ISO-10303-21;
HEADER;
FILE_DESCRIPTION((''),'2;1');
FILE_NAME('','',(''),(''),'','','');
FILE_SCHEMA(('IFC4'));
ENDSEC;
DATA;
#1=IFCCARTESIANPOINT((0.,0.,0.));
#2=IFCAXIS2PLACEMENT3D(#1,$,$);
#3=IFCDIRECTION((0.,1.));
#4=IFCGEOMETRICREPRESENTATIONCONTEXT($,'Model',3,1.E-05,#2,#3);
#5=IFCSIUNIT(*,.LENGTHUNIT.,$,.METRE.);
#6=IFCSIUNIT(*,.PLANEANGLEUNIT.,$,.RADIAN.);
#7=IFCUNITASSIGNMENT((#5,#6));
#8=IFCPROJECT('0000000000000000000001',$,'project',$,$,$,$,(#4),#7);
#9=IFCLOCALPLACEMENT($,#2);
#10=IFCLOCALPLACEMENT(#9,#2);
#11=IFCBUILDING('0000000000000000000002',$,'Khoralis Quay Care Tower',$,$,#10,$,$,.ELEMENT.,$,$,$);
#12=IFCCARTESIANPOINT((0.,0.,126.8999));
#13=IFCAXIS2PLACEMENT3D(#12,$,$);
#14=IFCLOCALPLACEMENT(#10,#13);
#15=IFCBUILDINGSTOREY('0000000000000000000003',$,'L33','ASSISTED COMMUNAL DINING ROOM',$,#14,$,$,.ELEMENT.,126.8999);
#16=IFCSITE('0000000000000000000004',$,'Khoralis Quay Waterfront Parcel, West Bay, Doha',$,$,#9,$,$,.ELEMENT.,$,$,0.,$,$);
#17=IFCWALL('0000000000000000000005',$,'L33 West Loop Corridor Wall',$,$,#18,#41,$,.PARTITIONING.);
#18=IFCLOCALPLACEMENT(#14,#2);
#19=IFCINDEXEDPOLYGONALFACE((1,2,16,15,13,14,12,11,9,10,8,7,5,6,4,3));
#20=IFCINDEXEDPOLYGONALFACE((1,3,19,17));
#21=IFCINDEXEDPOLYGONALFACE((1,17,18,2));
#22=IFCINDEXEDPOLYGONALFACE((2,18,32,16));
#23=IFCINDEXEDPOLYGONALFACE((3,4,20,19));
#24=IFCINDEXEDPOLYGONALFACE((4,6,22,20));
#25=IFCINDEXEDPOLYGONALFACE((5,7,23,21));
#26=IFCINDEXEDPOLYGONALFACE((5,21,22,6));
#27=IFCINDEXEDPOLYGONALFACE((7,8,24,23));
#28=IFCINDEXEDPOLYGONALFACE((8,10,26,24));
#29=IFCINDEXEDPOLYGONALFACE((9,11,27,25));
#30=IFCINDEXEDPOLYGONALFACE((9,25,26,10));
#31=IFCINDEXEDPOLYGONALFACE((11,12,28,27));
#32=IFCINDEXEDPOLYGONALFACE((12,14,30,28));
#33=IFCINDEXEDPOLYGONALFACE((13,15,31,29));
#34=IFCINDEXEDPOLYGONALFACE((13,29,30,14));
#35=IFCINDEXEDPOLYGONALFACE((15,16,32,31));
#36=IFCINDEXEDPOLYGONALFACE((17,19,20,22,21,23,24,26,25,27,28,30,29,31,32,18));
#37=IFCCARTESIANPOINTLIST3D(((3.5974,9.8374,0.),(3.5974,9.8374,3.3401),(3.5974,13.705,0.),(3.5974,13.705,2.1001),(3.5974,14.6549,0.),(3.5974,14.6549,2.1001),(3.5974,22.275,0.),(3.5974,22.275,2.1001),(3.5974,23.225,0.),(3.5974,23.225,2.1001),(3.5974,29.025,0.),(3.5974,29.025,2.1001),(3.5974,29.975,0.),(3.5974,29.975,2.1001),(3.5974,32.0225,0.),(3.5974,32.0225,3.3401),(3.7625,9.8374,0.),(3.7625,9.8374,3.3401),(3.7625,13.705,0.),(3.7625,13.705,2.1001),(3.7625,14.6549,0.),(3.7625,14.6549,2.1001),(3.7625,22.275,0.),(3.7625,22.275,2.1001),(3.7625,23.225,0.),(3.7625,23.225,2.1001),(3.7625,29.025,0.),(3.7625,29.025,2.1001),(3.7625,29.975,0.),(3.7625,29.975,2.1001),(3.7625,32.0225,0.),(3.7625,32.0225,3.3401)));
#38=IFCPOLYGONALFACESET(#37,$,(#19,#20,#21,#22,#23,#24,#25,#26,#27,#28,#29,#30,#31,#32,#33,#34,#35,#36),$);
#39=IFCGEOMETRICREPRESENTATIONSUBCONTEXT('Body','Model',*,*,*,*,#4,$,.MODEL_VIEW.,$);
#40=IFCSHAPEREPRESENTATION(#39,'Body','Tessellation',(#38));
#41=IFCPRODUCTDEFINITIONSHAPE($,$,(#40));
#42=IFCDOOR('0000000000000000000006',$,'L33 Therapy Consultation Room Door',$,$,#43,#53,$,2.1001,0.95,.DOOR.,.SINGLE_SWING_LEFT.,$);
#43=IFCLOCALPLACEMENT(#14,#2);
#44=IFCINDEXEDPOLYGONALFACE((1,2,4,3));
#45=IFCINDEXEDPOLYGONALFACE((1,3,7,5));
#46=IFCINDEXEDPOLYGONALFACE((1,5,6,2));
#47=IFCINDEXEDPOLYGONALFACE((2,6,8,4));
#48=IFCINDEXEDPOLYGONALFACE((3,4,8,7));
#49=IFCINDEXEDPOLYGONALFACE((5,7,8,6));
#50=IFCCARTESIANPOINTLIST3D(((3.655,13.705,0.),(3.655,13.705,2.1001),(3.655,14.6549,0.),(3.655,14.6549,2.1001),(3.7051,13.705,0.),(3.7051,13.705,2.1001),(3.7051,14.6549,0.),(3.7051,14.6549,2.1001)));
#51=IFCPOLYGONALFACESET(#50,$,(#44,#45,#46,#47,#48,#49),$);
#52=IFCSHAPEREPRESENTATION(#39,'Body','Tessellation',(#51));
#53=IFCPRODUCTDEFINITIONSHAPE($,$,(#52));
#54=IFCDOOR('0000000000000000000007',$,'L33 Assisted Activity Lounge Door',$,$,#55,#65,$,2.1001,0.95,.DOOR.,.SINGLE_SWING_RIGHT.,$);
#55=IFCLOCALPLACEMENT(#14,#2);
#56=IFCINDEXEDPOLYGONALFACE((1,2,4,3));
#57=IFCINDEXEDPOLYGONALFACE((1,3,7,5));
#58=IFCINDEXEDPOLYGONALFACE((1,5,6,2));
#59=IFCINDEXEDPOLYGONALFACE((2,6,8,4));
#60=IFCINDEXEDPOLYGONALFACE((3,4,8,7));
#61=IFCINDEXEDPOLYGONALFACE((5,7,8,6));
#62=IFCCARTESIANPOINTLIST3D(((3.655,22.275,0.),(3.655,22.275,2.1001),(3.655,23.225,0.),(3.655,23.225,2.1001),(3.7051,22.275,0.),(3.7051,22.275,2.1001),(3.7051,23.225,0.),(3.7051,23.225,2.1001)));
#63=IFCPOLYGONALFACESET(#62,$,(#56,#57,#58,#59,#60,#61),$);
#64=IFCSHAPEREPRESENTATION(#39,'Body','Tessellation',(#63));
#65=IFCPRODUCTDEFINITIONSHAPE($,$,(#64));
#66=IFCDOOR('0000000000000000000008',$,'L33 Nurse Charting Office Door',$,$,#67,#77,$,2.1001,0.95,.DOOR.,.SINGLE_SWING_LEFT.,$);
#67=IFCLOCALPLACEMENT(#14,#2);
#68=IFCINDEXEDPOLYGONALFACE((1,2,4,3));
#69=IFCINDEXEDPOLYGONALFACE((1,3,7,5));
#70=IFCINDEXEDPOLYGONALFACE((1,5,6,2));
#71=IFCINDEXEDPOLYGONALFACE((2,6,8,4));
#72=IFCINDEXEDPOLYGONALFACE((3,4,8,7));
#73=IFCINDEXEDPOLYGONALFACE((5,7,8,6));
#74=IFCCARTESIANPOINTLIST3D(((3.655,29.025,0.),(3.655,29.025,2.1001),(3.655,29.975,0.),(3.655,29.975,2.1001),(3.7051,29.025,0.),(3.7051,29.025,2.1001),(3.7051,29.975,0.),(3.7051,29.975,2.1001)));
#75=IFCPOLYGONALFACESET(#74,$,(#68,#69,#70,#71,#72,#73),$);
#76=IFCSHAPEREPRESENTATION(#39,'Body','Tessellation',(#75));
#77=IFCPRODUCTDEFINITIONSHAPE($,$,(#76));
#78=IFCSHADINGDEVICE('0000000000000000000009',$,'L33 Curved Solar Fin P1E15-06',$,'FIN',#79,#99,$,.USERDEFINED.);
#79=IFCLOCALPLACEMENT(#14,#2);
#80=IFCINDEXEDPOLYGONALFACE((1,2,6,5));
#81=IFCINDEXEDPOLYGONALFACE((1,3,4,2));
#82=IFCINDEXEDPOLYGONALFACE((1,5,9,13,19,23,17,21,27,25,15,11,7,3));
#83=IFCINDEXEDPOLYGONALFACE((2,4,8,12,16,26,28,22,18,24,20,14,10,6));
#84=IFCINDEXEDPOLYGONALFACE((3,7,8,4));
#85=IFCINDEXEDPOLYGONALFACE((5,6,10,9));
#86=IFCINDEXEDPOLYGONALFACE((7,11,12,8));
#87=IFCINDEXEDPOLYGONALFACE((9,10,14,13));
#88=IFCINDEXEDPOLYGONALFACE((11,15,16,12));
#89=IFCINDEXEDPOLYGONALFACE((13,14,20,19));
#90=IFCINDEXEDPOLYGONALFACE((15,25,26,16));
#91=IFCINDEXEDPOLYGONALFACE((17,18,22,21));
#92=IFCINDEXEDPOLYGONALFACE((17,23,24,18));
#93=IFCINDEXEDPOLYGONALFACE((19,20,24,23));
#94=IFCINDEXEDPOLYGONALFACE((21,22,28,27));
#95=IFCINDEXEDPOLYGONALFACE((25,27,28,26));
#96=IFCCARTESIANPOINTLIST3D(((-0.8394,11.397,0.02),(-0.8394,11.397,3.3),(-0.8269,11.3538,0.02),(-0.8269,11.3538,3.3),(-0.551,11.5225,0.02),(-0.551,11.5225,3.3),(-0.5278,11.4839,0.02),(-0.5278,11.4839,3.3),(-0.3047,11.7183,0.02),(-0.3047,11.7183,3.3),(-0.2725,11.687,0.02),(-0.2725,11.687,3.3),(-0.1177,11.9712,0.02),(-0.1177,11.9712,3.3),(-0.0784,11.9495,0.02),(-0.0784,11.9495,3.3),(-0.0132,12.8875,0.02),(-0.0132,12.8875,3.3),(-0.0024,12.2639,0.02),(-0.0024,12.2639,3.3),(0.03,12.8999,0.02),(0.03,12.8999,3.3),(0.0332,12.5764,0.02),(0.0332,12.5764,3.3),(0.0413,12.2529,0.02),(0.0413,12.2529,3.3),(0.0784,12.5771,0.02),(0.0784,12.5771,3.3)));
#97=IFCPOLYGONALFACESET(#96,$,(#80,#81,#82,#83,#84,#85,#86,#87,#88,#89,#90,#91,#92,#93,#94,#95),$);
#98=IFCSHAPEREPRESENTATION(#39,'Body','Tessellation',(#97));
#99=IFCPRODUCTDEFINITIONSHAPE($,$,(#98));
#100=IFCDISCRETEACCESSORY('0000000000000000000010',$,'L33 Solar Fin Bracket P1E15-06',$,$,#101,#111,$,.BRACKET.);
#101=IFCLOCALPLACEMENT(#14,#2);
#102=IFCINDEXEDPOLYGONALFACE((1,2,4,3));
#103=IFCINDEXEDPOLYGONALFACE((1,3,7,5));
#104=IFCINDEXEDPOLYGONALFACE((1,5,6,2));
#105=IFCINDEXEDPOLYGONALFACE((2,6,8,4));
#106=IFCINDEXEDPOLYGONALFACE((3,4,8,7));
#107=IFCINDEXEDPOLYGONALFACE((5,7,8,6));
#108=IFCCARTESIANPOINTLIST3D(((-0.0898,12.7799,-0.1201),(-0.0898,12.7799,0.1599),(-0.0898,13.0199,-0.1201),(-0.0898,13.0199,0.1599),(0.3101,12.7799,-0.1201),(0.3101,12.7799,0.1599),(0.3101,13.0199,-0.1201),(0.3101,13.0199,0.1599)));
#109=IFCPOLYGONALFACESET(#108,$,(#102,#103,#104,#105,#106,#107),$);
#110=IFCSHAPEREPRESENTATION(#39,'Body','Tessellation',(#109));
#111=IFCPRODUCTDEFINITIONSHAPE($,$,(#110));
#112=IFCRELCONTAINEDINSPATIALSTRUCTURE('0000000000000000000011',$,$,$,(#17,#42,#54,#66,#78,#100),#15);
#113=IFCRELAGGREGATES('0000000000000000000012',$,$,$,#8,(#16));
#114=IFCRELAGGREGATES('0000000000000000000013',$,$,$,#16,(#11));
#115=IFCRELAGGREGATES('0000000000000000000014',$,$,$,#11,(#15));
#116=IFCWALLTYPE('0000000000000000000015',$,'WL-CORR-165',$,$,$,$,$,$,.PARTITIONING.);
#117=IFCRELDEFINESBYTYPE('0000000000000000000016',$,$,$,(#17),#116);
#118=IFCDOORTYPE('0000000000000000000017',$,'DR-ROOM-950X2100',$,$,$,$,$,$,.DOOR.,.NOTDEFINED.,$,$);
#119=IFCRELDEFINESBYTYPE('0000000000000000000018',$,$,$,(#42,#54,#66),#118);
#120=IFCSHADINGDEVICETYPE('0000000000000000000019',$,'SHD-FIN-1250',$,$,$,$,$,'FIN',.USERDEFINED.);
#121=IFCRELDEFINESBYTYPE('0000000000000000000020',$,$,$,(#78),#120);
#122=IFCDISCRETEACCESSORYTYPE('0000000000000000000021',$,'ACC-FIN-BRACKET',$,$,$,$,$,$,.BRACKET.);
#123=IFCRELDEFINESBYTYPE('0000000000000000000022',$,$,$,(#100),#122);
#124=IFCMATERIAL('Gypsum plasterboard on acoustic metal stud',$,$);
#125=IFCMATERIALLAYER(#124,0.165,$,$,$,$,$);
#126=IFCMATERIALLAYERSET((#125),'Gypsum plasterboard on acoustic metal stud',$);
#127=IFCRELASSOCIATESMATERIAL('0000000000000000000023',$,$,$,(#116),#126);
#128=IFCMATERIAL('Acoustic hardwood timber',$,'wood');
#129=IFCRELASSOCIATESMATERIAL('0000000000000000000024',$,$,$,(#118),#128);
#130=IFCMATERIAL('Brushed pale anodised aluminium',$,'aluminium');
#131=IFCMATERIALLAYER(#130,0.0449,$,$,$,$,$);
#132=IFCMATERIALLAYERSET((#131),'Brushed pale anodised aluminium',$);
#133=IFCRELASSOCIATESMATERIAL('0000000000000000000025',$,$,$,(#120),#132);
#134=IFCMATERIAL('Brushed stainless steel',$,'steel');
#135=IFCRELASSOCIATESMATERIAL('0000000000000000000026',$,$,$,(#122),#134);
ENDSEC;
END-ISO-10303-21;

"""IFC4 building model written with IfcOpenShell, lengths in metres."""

from ifc_helpers import new_model, si_unit, direction, frame, frame_2d, origin, origin_2d, place, context, subcontext, project, spatial, polyline, rectangle, outline, extrude, source, transform, mapped, material, layer, layer_set, type_object, element, fill, save


model = new_model("IFC4")

# Units and contexts
model_context = context("Model", 3, precision=1e-05, world=origin(), true_north=direction((0.0, 1.0)))
body_context = subcontext(model_context, "Body", "Model", "MODEL_VIEW")
ifc_project = project(units=[si_unit("LENGTHUNIT", "METRE"), si_unit("PLANEANGLEUNIT", "RADIAN")], contexts=[model_context])

# Site, building, storey
site_placement = place(None, origin())
site = spatial("IfcSite", under=ifc_project, at=site_placement, Name="Khoralis Quay Waterfront Parcel, West Bay, Doha", CompositionType="ELEMENT", RefElevation=0.0)
building_placement = place(site_placement, origin())
building = spatial("IfcBuilding", under=site, at=building_placement, Name="Khoralis Quay Care Tower", CompositionType="ELEMENT")
storey_placement = place(building_placement, frame((0.0, 0.0, 126.8999)))
storey = spatial("IfcBuildingStorey", under=building, at=storey_placement, Name="L33", Description="ASSISTED COMMUNAL DINING ROOM", CompositionType="ELEMENT", Elevation=126.8999)

# Shared definitions
ifc_material_1 = material(Name="Gypsum plasterboard on acoustic metal stud")

# Wall, openings, doors
ifc_layer_1 = layer(ifc_material_1, 0.165)
ifc_layer_set_1 = layer_set([ifc_layer_1], Name="Gypsum plasterboard on acoustic metal stud")
wall_type_1 = type_object("IfcWallType", Name="WL-CORR-165", PredefinedType="PARTITIONING", material=ifc_layer_set_1)
ifc_material_2 = material(Name="Acoustic hardwood timber", Category="wood")
door_type_1 = type_object("IfcDoorType", Name="DR-ROOM-950X2100", OperationType="NOTDEFINED", PredefinedType="DOOR", material=ifc_material_2)
shared_shape_1 = source(origin(), body_context, "Body", "SweptSolid", [
    extrude(rectangle(XDim=0.95, YDim=2.1001, at=frame_2d((0.4751, 1.05))), frame((0.0, 0.0249, 0.0), z_axis=(0.0, -1.0, 0.0), x_axis=(1.0, 0.0, 0.0)), (0.0, 0.0, 1.0), 0.05),
])
wall_1_placement = place(storey_placement, frame((3.6799, 9.8374, 0.0), z_axis=(0.0, 0.0, 1.0), x_axis=(0.0, 1.0, 0.0)))
wall_1 = element("IfcWall", 1, at=wall_1_placement, inside=storey, type_object=wall_type_1, Name="L33 West Loop Corridor Wall", PredefinedType="PARTITIONING", context=body_context, shape_type="SweptSolid", body=[
    extrude(rectangle(XDim=22.1851, YDim=0.165, at=frame_2d((11.0925, 0.0))), origin(), (0.0, 0.0, 1.0), 3.3401),
])
opening_1_placement = place(wall_1_placement, frame((3.8674, 0.0, 0.0)))
opening_1 = element("IfcOpeningElement", 2, at=opening_1_placement, cuts=wall_1, PredefinedType="OPENING", context=body_context, shape_type="SweptSolid", body=[
    extrude(rectangle(XDim=0.95, YDim=2.1001, at=frame_2d((0.4751, 1.05))), frame((0.0, 0.0925, 0.0), z_axis=(0.0, -1.0, 0.0), x_axis=(1.0, 0.0, 0.0)), (0.0, 0.0, 1.0), 0.1851),
])
opening_2_placement = place(wall_1_placement, frame((12.4375, 0.0, 0.0)))
opening_2 = element("IfcOpeningElement", 3, at=opening_2_placement, cuts=wall_1, PredefinedType="OPENING", context=body_context, shape_type="SweptSolid", body=[
    extrude(rectangle(XDim=0.95, YDim=2.1001, at=frame_2d((0.4751, 1.05))), frame((0.0, 0.0925, 0.0), z_axis=(0.0, -1.0, 0.0), x_axis=(1.0, 0.0, 0.0)), (0.0, 0.0, 1.0), 0.1851),
])
opening_3_placement = place(wall_1_placement, frame((19.1875, 0.0, 0.0)))
opening_3 = element("IfcOpeningElement", 4, at=opening_3_placement, cuts=wall_1, PredefinedType="OPENING", context=body_context, shape_type="SweptSolid", body=[
    extrude(rectangle(XDim=0.95, YDim=2.1001, at=frame_2d((0.4751, 1.05))), frame((0.0, 0.0925, 0.0), z_axis=(0.0, -1.0, 0.0), x_axis=(1.0, 0.0, 0.0)), (0.0, 0.0, 1.0), 0.1851),
])
door_1_placement = place(opening_1_placement, origin())
door_1 = element("IfcDoor", 5, at=door_1_placement, inside=storey, type_object=door_type_1, Name="L33 Therapy Consultation Room Door", OperationType="SINGLE_SWING_LEFT", OverallHeight=2.1001, OverallWidth=0.95, PredefinedType="DOOR", context=body_context, shape_type="MappedRepresentation", body=[
    mapped(shared_shape_1, transform((0.0, 0.0, 0.0), scale=1.0)),
])
fill(opening_1, door_1)
door_2_placement = place(opening_2_placement, origin())
door_2 = element("IfcDoor", 6, at=door_2_placement, inside=storey, type_object=door_type_1, Name="L33 Assisted Activity Lounge Door", OperationType="SINGLE_SWING_RIGHT", OverallHeight=2.1001, OverallWidth=0.95, PredefinedType="DOOR", context=body_context, shape_type="MappedRepresentation", body=[
    mapped(shared_shape_1, transform((0.0, 0.0, 0.0), scale=1.0)),
])
fill(opening_2, door_2)
door_3_placement = place(opening_3_placement, origin())
door_3 = element("IfcDoor", 7, at=door_3_placement, inside=storey, type_object=door_type_1, Name="L33 Nurse Charting Office Door", OperationType="SINGLE_SWING_LEFT", OverallHeight=2.1001, OverallWidth=0.95, PredefinedType="DOOR", context=body_context, shape_type="MappedRepresentation", body=[
    mapped(shared_shape_1, transform((0.0, 0.0, 0.0), scale=1.0)),
])
fill(opening_3, door_3)

# Shading device
ifc_material_3 = material(Name="Brushed pale anodised aluminium", Category="aluminium")
ifc_layer_2 = layer(ifc_material_3, 0.0449)
ifc_layer_set_2 = layer_set([ifc_layer_2], Name="Brushed pale anodised aluminium")
shading_device_type = type_object("IfcShadingDeviceType", Name="SHD-FIN-1250", ElementType="FIN", PredefinedType="USERDEFINED", material=ifc_layer_set_2)
shared_shape_2 = source(origin(), body_context, "Body", "SweptSolid", [
    extrude(outline(polyline([(0.0, 0.0), (-0.0483, 0.3228), (-0.0112, 0.647), (0.1084, 0.9504), (0.3025, 1.2129), (0.5579, 1.416), (0.8569, 1.5461), (0.8694, 1.5029), (0.5811, 1.3774), (0.3347, 1.1816), (0.1477, 0.9287), (0.0325, 0.636), (-0.0032, 0.3235), (0.0432, 0.0125), (0.0, 0.0)])), origin(), (0.0, 0.0, 1.0), 3.28),
])
shading_device_placement = place(storey_placement, frame((0.03, 12.8999, 0.02), z_axis=(0.0, 0.0, 1.0), x_axis=(-1.0, 0.0, 0.0)))
element("IfcShadingDevice", 8, at=shading_device_placement, inside=storey, type_object=shading_device_type, Name="L33 Curved Solar Fin P1E15-06", ObjectType="FIN", PredefinedType="USERDEFINED", context=body_context, shape_type="MappedRepresentation", body=[
    mapped(shared_shape_2, transform((0.0, 0.0, 0.0), scale=1.0)),
])

# Discrete accessory
ifc_material_4 = material(Name="Brushed stainless steel", Category="steel")
discrete_accessory_type = type_object("IfcDiscreteAccessoryType", Name="ACC-FIN-BRACKET", PredefinedType="BRACKET", material=ifc_material_4)
shared_shape_3 = source(origin(), body_context, "Body", "SweptSolid", [
    extrude(rectangle(XDim=0.3999, YDim=0.24, at=origin_2d()), origin(), (0.0, 0.0, 1.0), 0.28),
])
discrete_accessory_placement = place(storey_placement, frame((0.1101, 12.8999, -0.1201), z_axis=(0.0, 0.0, 1.0), x_axis=(-1.0, 0.0, 0.0)))
element("IfcDiscreteAccessory", 9, at=discrete_accessory_placement, inside=storey, type_object=discrete_accessory_type, Name="L33 Solar Fin Bracket P1E15-06", PredefinedType="BRACKET", context=body_context, shape_type="MappedRepresentation", body=[
    mapped(shared_shape_3, transform((0.0, 0.0, 0.0), scale=1.0)),
])

save(model, "model.ifc")
